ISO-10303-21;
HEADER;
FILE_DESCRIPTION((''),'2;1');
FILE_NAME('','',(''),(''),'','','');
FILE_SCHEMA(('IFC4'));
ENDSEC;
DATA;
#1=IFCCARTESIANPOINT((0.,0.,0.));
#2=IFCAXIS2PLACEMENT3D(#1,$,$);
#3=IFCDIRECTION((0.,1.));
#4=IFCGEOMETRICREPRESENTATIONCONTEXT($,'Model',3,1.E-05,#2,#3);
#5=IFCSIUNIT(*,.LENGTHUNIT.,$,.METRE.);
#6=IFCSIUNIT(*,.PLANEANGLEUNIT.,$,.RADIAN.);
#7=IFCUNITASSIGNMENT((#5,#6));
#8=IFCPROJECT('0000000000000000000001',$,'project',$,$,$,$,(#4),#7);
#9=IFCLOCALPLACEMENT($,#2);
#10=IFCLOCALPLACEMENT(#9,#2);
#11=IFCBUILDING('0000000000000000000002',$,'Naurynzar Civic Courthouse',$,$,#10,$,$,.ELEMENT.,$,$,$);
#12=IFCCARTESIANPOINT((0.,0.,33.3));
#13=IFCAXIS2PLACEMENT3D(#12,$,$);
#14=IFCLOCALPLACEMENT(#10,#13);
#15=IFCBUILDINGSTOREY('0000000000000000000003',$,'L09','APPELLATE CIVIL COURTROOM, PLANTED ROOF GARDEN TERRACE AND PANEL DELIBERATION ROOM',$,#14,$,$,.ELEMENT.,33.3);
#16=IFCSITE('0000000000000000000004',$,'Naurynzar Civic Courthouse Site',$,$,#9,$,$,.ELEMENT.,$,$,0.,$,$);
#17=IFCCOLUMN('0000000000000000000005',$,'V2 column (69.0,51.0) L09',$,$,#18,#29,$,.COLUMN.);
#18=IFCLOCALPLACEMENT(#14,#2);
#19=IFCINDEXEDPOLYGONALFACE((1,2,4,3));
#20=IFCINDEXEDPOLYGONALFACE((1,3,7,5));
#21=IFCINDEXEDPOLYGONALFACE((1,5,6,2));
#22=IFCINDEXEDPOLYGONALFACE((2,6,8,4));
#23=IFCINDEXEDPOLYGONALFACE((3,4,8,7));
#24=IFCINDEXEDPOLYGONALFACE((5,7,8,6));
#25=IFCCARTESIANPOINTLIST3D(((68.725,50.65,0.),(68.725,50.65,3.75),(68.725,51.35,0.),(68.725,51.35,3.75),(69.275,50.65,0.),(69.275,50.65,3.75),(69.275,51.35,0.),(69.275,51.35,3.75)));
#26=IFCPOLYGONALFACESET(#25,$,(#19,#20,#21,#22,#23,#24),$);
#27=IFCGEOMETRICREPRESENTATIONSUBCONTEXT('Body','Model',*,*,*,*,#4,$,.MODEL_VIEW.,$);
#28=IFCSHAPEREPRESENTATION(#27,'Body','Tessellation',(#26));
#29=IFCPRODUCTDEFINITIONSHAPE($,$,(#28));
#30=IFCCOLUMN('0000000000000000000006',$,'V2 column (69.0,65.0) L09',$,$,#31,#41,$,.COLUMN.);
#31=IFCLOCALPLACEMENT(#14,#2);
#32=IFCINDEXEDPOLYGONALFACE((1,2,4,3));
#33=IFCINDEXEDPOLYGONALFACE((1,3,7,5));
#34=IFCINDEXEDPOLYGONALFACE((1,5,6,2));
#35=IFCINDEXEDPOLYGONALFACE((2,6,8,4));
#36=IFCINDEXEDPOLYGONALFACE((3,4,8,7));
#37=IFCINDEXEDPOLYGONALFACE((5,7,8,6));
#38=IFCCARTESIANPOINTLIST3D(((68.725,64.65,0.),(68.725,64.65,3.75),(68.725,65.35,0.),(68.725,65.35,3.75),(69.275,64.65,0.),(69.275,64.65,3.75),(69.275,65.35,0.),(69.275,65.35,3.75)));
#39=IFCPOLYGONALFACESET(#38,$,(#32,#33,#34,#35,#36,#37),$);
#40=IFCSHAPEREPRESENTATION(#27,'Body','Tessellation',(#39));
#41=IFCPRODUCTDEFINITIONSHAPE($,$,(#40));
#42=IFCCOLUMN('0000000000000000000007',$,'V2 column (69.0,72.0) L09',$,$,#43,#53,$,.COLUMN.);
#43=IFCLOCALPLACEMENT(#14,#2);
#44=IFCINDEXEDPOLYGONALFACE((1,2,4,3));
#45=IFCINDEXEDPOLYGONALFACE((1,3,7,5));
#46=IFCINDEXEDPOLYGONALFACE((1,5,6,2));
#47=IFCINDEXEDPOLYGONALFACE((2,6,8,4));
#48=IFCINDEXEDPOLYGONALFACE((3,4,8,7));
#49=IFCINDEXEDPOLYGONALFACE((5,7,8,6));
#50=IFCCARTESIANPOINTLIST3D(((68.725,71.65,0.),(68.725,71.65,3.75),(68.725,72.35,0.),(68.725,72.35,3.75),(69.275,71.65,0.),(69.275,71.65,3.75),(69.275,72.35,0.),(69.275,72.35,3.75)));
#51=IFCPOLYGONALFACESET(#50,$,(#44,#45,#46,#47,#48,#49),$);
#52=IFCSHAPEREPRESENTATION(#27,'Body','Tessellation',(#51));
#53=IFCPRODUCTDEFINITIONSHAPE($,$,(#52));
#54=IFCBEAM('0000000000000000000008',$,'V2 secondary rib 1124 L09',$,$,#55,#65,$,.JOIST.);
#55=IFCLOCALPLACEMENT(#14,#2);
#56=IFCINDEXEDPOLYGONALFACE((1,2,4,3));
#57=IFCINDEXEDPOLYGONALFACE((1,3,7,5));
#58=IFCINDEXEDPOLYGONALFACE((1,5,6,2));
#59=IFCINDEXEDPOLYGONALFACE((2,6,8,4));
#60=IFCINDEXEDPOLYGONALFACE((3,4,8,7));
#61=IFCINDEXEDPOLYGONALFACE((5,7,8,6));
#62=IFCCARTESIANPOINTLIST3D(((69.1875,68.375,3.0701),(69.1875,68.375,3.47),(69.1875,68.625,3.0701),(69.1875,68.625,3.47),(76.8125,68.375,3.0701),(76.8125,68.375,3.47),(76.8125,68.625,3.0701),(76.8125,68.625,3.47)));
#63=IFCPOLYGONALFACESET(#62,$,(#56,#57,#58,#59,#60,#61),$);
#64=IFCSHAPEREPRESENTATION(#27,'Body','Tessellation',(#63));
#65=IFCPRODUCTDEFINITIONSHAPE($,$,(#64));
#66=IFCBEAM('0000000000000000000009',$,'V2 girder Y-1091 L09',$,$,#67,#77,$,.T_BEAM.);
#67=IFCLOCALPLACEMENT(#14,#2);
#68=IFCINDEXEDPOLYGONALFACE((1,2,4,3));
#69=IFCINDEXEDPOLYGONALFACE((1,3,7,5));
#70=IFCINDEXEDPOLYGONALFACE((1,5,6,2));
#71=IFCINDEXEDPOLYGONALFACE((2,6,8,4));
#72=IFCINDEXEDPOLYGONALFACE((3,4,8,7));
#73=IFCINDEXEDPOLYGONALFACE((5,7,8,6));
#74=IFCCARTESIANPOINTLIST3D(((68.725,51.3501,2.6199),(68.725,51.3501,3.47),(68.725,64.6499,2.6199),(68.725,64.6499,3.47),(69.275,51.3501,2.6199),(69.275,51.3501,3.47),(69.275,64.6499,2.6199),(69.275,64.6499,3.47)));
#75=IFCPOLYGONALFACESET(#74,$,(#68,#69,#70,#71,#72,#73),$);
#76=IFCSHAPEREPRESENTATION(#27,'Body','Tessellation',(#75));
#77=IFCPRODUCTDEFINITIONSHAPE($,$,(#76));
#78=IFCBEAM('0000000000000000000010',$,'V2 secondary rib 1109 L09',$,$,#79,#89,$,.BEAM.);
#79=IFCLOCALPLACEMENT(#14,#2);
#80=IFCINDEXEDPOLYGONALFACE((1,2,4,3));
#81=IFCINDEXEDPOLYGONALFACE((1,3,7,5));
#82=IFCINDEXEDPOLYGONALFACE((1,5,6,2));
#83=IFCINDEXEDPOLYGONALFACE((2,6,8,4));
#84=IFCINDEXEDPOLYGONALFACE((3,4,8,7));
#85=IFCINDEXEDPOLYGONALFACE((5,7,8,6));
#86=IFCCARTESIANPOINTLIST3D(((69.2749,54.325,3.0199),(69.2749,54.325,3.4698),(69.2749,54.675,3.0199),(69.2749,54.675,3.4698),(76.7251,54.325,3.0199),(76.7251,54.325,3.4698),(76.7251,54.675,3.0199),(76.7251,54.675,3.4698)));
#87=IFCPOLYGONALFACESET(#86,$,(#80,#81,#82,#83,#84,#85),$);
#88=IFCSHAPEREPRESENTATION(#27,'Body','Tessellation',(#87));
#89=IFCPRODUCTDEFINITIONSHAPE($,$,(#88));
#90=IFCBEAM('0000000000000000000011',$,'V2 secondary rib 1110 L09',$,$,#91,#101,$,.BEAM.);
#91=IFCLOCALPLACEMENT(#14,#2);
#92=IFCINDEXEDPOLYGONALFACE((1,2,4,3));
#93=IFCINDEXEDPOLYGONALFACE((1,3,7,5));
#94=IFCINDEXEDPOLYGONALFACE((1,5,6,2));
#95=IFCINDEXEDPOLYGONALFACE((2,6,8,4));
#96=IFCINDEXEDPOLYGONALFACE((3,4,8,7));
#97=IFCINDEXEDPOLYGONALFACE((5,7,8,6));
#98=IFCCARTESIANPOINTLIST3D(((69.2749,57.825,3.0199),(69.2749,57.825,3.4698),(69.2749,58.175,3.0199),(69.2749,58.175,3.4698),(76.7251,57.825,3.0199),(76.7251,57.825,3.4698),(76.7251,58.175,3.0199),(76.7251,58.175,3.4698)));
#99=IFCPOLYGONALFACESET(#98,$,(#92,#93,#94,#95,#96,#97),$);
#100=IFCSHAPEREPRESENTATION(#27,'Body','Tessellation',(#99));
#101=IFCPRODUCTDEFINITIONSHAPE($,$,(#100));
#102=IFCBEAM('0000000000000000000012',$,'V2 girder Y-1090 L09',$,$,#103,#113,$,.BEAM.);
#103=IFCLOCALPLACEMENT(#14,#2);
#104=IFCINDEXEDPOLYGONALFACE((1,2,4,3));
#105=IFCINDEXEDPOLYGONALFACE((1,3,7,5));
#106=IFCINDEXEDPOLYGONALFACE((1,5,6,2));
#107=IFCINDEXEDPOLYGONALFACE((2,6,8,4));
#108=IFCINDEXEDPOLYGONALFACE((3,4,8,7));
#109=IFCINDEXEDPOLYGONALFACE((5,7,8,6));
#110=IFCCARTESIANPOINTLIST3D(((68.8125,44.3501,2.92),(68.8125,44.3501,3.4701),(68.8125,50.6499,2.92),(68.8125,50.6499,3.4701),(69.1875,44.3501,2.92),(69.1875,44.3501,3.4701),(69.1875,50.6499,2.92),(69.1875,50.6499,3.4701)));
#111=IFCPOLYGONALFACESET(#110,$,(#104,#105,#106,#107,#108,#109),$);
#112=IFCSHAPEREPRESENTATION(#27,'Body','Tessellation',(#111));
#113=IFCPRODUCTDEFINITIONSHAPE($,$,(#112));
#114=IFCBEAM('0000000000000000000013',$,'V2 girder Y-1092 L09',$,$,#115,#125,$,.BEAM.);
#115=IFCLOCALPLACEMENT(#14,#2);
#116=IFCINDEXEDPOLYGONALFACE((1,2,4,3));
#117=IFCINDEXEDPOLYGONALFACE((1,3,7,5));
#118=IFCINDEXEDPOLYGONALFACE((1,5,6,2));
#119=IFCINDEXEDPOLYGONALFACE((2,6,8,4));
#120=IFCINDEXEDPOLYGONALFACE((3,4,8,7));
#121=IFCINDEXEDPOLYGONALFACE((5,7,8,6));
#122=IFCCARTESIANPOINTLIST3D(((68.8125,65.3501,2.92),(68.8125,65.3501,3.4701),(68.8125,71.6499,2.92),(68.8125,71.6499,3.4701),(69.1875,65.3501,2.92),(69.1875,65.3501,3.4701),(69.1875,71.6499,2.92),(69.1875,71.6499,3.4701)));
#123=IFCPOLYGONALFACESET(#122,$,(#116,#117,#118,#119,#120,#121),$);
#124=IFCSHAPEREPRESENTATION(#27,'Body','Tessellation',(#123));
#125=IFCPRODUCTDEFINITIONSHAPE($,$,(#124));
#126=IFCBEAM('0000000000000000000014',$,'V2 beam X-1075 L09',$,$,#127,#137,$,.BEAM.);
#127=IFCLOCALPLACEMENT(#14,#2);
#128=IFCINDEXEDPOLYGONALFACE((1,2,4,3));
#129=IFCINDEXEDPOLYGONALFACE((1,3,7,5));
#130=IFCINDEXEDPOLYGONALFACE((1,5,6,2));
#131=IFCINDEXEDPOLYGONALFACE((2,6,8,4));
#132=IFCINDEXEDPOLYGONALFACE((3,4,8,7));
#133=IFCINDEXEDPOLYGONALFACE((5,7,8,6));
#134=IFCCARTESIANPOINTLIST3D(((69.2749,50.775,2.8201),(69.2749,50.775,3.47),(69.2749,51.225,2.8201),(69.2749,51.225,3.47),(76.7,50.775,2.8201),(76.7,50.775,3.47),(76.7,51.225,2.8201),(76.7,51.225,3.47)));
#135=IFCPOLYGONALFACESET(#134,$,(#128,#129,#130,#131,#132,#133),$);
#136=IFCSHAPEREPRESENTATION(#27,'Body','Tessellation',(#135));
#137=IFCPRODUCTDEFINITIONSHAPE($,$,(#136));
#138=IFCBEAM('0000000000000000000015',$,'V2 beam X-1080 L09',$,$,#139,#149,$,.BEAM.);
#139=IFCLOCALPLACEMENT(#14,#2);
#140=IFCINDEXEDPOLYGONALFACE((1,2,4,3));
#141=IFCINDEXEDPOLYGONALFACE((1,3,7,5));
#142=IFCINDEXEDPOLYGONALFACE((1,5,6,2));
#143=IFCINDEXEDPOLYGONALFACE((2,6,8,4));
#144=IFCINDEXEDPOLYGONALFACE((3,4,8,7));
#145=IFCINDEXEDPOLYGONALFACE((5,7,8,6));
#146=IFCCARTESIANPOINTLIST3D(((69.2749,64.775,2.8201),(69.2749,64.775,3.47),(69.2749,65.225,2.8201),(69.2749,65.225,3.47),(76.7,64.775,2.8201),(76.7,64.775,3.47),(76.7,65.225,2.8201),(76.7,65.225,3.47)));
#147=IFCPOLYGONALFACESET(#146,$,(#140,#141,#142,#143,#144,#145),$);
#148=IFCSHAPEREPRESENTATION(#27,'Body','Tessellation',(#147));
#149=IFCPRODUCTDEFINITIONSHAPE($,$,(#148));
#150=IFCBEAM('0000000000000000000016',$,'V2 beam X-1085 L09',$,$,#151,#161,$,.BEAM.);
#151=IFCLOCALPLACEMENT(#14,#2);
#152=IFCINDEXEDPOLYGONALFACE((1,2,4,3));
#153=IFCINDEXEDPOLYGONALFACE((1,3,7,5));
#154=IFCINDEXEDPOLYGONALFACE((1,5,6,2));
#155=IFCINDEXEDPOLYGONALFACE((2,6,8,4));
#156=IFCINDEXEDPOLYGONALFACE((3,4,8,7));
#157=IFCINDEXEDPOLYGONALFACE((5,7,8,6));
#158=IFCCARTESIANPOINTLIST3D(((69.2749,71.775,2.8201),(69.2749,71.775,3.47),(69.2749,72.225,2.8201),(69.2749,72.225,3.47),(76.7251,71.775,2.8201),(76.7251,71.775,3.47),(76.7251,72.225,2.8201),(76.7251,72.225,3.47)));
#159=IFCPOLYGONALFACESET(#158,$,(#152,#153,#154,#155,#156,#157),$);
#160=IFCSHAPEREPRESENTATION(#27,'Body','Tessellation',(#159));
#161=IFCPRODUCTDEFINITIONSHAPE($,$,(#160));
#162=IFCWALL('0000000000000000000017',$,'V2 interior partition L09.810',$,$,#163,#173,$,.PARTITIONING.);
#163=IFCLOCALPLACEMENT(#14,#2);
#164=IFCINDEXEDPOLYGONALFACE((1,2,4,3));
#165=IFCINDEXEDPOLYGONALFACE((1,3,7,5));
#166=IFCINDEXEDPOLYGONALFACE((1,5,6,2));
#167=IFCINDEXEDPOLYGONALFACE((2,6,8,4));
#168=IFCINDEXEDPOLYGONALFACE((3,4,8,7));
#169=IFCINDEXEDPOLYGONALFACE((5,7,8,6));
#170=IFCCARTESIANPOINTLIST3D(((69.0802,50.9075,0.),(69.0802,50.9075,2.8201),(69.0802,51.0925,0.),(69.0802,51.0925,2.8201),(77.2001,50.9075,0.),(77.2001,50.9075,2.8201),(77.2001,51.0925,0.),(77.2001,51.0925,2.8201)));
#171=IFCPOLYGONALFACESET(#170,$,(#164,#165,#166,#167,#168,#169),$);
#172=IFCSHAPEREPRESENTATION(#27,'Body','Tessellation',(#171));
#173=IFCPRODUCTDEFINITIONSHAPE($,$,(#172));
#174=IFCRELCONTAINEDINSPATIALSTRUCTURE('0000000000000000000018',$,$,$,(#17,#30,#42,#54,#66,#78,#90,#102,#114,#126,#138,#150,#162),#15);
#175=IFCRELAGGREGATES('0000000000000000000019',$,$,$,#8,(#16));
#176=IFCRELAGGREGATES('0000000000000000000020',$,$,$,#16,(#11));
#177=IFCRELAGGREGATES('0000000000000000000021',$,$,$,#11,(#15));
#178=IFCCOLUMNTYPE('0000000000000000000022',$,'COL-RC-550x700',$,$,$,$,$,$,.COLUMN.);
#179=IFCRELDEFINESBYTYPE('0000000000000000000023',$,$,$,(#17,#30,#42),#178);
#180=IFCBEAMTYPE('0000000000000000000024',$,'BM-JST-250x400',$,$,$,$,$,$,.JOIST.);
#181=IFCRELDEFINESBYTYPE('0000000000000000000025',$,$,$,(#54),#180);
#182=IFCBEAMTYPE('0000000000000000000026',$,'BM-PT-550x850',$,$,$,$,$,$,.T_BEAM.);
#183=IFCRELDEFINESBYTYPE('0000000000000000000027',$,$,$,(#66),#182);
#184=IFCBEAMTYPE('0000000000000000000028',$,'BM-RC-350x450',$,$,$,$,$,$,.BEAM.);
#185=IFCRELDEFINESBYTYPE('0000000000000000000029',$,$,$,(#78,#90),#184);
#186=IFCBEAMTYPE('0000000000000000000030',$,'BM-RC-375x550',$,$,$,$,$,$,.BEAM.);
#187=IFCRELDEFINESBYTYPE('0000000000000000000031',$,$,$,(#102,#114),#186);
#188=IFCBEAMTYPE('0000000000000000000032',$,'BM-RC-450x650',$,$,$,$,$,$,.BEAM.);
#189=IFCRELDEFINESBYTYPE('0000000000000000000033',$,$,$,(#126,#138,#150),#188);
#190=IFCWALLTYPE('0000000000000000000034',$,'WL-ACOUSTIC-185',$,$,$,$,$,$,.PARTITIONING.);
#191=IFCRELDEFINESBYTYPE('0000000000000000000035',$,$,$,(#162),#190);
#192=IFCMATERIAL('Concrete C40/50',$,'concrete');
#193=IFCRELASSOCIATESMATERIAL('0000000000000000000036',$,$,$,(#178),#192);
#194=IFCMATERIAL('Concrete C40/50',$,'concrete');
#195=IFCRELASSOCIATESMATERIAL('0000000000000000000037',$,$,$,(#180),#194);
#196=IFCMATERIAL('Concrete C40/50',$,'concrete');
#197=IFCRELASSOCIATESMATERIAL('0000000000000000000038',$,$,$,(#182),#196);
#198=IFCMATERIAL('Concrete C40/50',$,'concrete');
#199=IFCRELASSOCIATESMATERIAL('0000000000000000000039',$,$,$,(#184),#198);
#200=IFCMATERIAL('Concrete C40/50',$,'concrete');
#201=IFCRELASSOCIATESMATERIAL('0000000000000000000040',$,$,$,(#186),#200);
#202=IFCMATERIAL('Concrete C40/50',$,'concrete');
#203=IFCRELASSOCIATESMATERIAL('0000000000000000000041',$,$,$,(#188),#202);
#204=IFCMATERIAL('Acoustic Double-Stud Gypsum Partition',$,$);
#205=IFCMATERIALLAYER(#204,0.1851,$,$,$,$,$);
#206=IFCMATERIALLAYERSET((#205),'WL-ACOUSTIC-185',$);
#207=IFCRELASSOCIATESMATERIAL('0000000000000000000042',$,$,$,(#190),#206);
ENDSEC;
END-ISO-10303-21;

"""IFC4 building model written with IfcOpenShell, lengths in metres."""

from ifc_helpers import new_model, si_unit, direction, frame, frame_2d, origin, origin_2d, place, context, subcontext, project, spatial, rectangle, extrude, material, layer, layer_set, material_profile, profile_set, type_object, element, save


model = new_model("IFC4")

# Units and contexts
model_context = context("Model", 3, precision=1e-05, world=origin(), true_north=direction((0.0, 1.0)))
body_context = subcontext(model_context, "Body", "Model", "MODEL_VIEW")
ifc_project = project(units=[si_unit("LENGTHUNIT", "METRE"), si_unit("PLANEANGLEUNIT", "RADIAN")], contexts=[model_context])

# Site, building, storey
site_placement = place(None, origin())
site = spatial("IfcSite", under=ifc_project, at=site_placement, Name="Naurynzar Civic Courthouse Site", CompositionType="ELEMENT", RefElevation=0.0)
building_placement = place(site_placement, origin())
building = spatial("IfcBuilding", under=site, at=building_placement, Name="Naurynzar Civic Courthouse", CompositionType="ELEMENT")
storey_placement = place(building_placement, frame((0.0, 0.0, 33.3)))
storey = spatial("IfcBuildingStorey", under=building, at=storey_placement, Name="L09", Description="APPELLATE CIVIL COURTROOM, PLANTED ROOF GARDEN TERRACE AND PANEL DELIBERATION ROOM", CompositionType="ELEMENT", Elevation=33.3)

# Columns
ifc_material_1 = material(Name="Concrete C40/50", Category="concrete")
ifc_material_profile_1 = material_profile(ifc_material_1, rectangle(XDim=0.55, YDim=0.7, at=origin_2d()), Name="RC 550x700")
ifc_profile_set_1 = profile_set([ifc_material_profile_1], Name="Concrete C40/50")
column_type = type_object("IfcColumnType", Name="COL-RC-550x700", PredefinedType="COLUMN", material=ifc_profile_set_1)
for number, where, z_axis, x_axis, name in (
    (1, (69.0, 51.0, 0.0), (0.0, 0.0, 1.0), (1.0, 0.0, 0.0), "V2 column (69.0,51.0) L09"),
    (2, (69.0, 65.0, 0.0), (0.0, 0.0, 1.0), (1.0, 0.0, 0.0), "V2 column (69.0,65.0) L09"),
    (3, (69.0, 72.0, 0.0), (0.0, 0.0, 1.0), (1.0, 0.0, 0.0), "V2 column (69.0,72.0) L09"),
):
    element("IfcColumn", number, at=place(storey_placement, frame(where, z_axis=z_axis, x_axis=x_axis)), inside=storey, type_object=column_type, Name=name, PredefinedType="COLUMN", context=body_context, shape_type="SweptSolid", body=[
        extrude(rectangle(XDim=0.55, YDim=0.7, at=origin_2d()), origin(), (0.0, 0.0, 1.0), 3.75),
    ])

# Beams
ifc_material_2 = material(Name="Concrete C40/50", Category="concrete")
ifc_material_profile_2 = material_profile(ifc_material_2, rectangle(XDim=0.25, YDim=0.3999, at=origin_2d()), Name="RCB 250x400")
ifc_profile_set_2 = profile_set([ifc_material_profile_2], Name="Concrete C40/50")
beam_type_1 = type_object("IfcBeamType", Name="BM-JST-250x400", PredefinedType="JOIST", material=ifc_profile_set_2)
beam_1_placement = place(storey_placement, frame((69.1875, 68.5, 3.27), z_axis=(1.0, 0.0, 0.0), x_axis=(0.0, 1.0, 0.0)))
element("IfcBeam", 4, at=beam_1_placement, inside=storey, type_object=beam_type_1, Name="V2 secondary rib 1124 L09", PredefinedType="JOIST", context=body_context, shape_type="SweptSolid", body=[
    extrude(rectangle(XDim=0.25, YDim=0.3999, at=origin_2d()), origin(), (0.0, 0.0, 1.0), 7.625),
])
ifc_material_3 = material(Name="Concrete C40/50", Category="concrete")
ifc_material_profile_3 = material_profile(ifc_material_3, rectangle(XDim=0.55, YDim=0.8501, at=origin_2d()), Name="PTB 550x850")
ifc_profile_set_3 = profile_set([ifc_material_profile_3], Name="Concrete C40/50")
beam_type_2 = type_object("IfcBeamType", Name="BM-PT-550x850", PredefinedType="T_BEAM", material=ifc_profile_set_3)
beam_2_placement = place(storey_placement, frame((69.0, 51.3501, 3.0449), z_axis=(0.0, 1.0, 0.0), x_axis=(-1.0, 0.0, 0.0)))
element("IfcBeam", 5, at=beam_2_placement, inside=storey, type_object=beam_type_2, Name="V2 girder Y-1091 L09", PredefinedType="T_BEAM", context=body_context, shape_type="SweptSolid", body=[
    extrude(rectangle(XDim=0.55, YDim=0.8501, at=origin_2d()), origin(), (0.0, 0.0, 1.0), 13.2998),
])
ifc_material_4 = material(Name="Concrete C40/50", Category="concrete")
ifc_material_profile_4 = material_profile(ifc_material_4, rectangle(XDim=0.3501, YDim=0.45, at=origin_2d()), Name="RCB 350x450")
ifc_profile_set_4 = profile_set([ifc_material_profile_4], Name="Concrete C40/50")
beam_type_3 = type_object("IfcBeamType", Name="BM-RC-350x450", PredefinedType="BEAM", material=ifc_profile_set_4)
for number, where, z_axis, x_axis, name in (
    (6, (69.2749, 54.5, 3.2449), (1.0, 0.0, 0.0), (0.0, 1.0, 0.0), "V2 secondary rib 1109 L09"),
    (7, (69.2749, 58.0, 3.2449), (1.0, 0.0, 0.0), (0.0, 1.0, 0.0), "V2 secondary rib 1110 L09"),
):
    element("IfcBeam", number, at=place(storey_placement, frame(where, z_axis=z_axis, x_axis=x_axis)), inside=storey, type_object=beam_type_3, Name=name, PredefinedType="BEAM", context=body_context, shape_type="SweptSolid", body=[
        extrude(rectangle(XDim=0.3501, YDim=0.45, at=origin_2d()), origin(), (0.0, 0.0, 1.0), 7.4502),
    ])
ifc_material_5 = material(Name="Concrete C40/50", Category="concrete")
ifc_material_profile_5 = material_profile(ifc_material_5, rectangle(XDim=0.375, YDim=0.55, at=origin_2d()), Name="RCB 375x550")
ifc_profile_set_5 = profile_set([ifc_material_profile_5], Name="Concrete C40/50")
beam_type_4 = type_object("IfcBeamType", Name="BM-RC-375x550", PredefinedType="BEAM", material=ifc_profile_set_5)
for number, where, z_axis, x_axis, name in (
    (8, (69.0, 44.3501, 3.1951), (0.0, 1.0, 0.0), (-1.0, 0.0, 0.0), "V2 girder Y-1090 L09"),
    (9, (69.0, 65.3501, 3.1951), (0.0, 1.0, 0.0), (-1.0, 0.0, 0.0), "V2 girder Y-1092 L09"),
):
    element("IfcBeam", number, at=place(storey_placement, frame(where, z_axis=z_axis, x_axis=x_axis)), inside=storey, type_object=beam_type_4, Name=name, PredefinedType="BEAM", context=body_context, shape_type="SweptSolid", body=[
        extrude(rectangle(XDim=0.375, YDim=0.55, at=origin_2d()), origin(), (0.0, 0.0, 1.0), 6.2998),
    ])
ifc_material_6 = material(Name="Concrete C40/50", Category="concrete")
ifc_material_profile_6 = material_profile(ifc_material_6, rectangle(XDim=0.45, YDim=0.6499, at=origin_2d()), Name="RCB 450x650")
ifc_profile_set_6 = profile_set([ifc_material_profile_6], Name="Concrete C40/50")
beam_type_5 = type_object("IfcBeamType", Name="BM-RC-450x650", PredefinedType="BEAM", material=ifc_profile_set_6)
for number, where, z_axis, x_axis, name in (
    (10, (69.2749, 51.0, 3.145), (1.0, 0.0, 0.0), (0.0, 1.0, 0.0), "V2 beam X-1075 L09"),
    (11, (69.2749, 65.0, 3.145), (1.0, 0.0, 0.0), (0.0, 1.0, 0.0), "V2 beam X-1080 L09"),
):
    element("IfcBeam", number, at=place(storey_placement, frame(where, z_axis=z_axis, x_axis=x_axis)), inside=storey, type_object=beam_type_5, Name=name, PredefinedType="BEAM", context=body_context, shape_type="SweptSolid", body=[
        extrude(rectangle(XDim=0.45, YDim=0.6499, at=origin_2d()), origin(), (0.0, 0.0, 1.0), 7.425),
    ])
beam_3_placement = place(storey_placement, frame((69.2749, 72.0, 3.145), z_axis=(1.0, 0.0, 0.0), x_axis=(0.0, 1.0, 0.0)))
element("IfcBeam", 12, at=beam_3_placement, inside=storey, type_object=beam_type_5, Name="V2 beam X-1085 L09", PredefinedType="BEAM", context=body_context, shape_type="SweptSolid", body=[
    extrude(rectangle(XDim=0.45, YDim=0.6499, at=origin_2d()), origin(), (0.0, 0.0, 1.0), 7.4502),
])

# Wall
ifc_material_7 = material(Name="Acoustic Double-Stud Gypsum Partition")
ifc_layer_1 = layer(ifc_material_7, 0.1851)
ifc_layer_set_1 = layer_set([ifc_layer_1], Name="WL-ACOUSTIC-185")
wall_type_1 = type_object("IfcWallType", Name="WL-ACOUSTIC-185", PredefinedType="PARTITIONING", material=ifc_layer_set_1)
wall_1_placement = place(storey_placement, frame((69.0801, 51.0, 0.0), z_axis=(0.0, 0.0, 1.0), x_axis=(1.0, 0.0, 0.0)))
element("IfcWall", 13, at=wall_1_placement, inside=storey, type_object=wall_type_1, Name="V2 interior partition L09.810", PredefinedType="PARTITIONING", context=body_context, shape_type="SweptSolid", body=[
    extrude(rectangle(XDim=8.1199, YDim=0.1851, at=frame_2d((4.0601, 0.0))), origin(), (0.0, 0.0, 1.0), 2.8201),
])

save(model, "model.ifc")
